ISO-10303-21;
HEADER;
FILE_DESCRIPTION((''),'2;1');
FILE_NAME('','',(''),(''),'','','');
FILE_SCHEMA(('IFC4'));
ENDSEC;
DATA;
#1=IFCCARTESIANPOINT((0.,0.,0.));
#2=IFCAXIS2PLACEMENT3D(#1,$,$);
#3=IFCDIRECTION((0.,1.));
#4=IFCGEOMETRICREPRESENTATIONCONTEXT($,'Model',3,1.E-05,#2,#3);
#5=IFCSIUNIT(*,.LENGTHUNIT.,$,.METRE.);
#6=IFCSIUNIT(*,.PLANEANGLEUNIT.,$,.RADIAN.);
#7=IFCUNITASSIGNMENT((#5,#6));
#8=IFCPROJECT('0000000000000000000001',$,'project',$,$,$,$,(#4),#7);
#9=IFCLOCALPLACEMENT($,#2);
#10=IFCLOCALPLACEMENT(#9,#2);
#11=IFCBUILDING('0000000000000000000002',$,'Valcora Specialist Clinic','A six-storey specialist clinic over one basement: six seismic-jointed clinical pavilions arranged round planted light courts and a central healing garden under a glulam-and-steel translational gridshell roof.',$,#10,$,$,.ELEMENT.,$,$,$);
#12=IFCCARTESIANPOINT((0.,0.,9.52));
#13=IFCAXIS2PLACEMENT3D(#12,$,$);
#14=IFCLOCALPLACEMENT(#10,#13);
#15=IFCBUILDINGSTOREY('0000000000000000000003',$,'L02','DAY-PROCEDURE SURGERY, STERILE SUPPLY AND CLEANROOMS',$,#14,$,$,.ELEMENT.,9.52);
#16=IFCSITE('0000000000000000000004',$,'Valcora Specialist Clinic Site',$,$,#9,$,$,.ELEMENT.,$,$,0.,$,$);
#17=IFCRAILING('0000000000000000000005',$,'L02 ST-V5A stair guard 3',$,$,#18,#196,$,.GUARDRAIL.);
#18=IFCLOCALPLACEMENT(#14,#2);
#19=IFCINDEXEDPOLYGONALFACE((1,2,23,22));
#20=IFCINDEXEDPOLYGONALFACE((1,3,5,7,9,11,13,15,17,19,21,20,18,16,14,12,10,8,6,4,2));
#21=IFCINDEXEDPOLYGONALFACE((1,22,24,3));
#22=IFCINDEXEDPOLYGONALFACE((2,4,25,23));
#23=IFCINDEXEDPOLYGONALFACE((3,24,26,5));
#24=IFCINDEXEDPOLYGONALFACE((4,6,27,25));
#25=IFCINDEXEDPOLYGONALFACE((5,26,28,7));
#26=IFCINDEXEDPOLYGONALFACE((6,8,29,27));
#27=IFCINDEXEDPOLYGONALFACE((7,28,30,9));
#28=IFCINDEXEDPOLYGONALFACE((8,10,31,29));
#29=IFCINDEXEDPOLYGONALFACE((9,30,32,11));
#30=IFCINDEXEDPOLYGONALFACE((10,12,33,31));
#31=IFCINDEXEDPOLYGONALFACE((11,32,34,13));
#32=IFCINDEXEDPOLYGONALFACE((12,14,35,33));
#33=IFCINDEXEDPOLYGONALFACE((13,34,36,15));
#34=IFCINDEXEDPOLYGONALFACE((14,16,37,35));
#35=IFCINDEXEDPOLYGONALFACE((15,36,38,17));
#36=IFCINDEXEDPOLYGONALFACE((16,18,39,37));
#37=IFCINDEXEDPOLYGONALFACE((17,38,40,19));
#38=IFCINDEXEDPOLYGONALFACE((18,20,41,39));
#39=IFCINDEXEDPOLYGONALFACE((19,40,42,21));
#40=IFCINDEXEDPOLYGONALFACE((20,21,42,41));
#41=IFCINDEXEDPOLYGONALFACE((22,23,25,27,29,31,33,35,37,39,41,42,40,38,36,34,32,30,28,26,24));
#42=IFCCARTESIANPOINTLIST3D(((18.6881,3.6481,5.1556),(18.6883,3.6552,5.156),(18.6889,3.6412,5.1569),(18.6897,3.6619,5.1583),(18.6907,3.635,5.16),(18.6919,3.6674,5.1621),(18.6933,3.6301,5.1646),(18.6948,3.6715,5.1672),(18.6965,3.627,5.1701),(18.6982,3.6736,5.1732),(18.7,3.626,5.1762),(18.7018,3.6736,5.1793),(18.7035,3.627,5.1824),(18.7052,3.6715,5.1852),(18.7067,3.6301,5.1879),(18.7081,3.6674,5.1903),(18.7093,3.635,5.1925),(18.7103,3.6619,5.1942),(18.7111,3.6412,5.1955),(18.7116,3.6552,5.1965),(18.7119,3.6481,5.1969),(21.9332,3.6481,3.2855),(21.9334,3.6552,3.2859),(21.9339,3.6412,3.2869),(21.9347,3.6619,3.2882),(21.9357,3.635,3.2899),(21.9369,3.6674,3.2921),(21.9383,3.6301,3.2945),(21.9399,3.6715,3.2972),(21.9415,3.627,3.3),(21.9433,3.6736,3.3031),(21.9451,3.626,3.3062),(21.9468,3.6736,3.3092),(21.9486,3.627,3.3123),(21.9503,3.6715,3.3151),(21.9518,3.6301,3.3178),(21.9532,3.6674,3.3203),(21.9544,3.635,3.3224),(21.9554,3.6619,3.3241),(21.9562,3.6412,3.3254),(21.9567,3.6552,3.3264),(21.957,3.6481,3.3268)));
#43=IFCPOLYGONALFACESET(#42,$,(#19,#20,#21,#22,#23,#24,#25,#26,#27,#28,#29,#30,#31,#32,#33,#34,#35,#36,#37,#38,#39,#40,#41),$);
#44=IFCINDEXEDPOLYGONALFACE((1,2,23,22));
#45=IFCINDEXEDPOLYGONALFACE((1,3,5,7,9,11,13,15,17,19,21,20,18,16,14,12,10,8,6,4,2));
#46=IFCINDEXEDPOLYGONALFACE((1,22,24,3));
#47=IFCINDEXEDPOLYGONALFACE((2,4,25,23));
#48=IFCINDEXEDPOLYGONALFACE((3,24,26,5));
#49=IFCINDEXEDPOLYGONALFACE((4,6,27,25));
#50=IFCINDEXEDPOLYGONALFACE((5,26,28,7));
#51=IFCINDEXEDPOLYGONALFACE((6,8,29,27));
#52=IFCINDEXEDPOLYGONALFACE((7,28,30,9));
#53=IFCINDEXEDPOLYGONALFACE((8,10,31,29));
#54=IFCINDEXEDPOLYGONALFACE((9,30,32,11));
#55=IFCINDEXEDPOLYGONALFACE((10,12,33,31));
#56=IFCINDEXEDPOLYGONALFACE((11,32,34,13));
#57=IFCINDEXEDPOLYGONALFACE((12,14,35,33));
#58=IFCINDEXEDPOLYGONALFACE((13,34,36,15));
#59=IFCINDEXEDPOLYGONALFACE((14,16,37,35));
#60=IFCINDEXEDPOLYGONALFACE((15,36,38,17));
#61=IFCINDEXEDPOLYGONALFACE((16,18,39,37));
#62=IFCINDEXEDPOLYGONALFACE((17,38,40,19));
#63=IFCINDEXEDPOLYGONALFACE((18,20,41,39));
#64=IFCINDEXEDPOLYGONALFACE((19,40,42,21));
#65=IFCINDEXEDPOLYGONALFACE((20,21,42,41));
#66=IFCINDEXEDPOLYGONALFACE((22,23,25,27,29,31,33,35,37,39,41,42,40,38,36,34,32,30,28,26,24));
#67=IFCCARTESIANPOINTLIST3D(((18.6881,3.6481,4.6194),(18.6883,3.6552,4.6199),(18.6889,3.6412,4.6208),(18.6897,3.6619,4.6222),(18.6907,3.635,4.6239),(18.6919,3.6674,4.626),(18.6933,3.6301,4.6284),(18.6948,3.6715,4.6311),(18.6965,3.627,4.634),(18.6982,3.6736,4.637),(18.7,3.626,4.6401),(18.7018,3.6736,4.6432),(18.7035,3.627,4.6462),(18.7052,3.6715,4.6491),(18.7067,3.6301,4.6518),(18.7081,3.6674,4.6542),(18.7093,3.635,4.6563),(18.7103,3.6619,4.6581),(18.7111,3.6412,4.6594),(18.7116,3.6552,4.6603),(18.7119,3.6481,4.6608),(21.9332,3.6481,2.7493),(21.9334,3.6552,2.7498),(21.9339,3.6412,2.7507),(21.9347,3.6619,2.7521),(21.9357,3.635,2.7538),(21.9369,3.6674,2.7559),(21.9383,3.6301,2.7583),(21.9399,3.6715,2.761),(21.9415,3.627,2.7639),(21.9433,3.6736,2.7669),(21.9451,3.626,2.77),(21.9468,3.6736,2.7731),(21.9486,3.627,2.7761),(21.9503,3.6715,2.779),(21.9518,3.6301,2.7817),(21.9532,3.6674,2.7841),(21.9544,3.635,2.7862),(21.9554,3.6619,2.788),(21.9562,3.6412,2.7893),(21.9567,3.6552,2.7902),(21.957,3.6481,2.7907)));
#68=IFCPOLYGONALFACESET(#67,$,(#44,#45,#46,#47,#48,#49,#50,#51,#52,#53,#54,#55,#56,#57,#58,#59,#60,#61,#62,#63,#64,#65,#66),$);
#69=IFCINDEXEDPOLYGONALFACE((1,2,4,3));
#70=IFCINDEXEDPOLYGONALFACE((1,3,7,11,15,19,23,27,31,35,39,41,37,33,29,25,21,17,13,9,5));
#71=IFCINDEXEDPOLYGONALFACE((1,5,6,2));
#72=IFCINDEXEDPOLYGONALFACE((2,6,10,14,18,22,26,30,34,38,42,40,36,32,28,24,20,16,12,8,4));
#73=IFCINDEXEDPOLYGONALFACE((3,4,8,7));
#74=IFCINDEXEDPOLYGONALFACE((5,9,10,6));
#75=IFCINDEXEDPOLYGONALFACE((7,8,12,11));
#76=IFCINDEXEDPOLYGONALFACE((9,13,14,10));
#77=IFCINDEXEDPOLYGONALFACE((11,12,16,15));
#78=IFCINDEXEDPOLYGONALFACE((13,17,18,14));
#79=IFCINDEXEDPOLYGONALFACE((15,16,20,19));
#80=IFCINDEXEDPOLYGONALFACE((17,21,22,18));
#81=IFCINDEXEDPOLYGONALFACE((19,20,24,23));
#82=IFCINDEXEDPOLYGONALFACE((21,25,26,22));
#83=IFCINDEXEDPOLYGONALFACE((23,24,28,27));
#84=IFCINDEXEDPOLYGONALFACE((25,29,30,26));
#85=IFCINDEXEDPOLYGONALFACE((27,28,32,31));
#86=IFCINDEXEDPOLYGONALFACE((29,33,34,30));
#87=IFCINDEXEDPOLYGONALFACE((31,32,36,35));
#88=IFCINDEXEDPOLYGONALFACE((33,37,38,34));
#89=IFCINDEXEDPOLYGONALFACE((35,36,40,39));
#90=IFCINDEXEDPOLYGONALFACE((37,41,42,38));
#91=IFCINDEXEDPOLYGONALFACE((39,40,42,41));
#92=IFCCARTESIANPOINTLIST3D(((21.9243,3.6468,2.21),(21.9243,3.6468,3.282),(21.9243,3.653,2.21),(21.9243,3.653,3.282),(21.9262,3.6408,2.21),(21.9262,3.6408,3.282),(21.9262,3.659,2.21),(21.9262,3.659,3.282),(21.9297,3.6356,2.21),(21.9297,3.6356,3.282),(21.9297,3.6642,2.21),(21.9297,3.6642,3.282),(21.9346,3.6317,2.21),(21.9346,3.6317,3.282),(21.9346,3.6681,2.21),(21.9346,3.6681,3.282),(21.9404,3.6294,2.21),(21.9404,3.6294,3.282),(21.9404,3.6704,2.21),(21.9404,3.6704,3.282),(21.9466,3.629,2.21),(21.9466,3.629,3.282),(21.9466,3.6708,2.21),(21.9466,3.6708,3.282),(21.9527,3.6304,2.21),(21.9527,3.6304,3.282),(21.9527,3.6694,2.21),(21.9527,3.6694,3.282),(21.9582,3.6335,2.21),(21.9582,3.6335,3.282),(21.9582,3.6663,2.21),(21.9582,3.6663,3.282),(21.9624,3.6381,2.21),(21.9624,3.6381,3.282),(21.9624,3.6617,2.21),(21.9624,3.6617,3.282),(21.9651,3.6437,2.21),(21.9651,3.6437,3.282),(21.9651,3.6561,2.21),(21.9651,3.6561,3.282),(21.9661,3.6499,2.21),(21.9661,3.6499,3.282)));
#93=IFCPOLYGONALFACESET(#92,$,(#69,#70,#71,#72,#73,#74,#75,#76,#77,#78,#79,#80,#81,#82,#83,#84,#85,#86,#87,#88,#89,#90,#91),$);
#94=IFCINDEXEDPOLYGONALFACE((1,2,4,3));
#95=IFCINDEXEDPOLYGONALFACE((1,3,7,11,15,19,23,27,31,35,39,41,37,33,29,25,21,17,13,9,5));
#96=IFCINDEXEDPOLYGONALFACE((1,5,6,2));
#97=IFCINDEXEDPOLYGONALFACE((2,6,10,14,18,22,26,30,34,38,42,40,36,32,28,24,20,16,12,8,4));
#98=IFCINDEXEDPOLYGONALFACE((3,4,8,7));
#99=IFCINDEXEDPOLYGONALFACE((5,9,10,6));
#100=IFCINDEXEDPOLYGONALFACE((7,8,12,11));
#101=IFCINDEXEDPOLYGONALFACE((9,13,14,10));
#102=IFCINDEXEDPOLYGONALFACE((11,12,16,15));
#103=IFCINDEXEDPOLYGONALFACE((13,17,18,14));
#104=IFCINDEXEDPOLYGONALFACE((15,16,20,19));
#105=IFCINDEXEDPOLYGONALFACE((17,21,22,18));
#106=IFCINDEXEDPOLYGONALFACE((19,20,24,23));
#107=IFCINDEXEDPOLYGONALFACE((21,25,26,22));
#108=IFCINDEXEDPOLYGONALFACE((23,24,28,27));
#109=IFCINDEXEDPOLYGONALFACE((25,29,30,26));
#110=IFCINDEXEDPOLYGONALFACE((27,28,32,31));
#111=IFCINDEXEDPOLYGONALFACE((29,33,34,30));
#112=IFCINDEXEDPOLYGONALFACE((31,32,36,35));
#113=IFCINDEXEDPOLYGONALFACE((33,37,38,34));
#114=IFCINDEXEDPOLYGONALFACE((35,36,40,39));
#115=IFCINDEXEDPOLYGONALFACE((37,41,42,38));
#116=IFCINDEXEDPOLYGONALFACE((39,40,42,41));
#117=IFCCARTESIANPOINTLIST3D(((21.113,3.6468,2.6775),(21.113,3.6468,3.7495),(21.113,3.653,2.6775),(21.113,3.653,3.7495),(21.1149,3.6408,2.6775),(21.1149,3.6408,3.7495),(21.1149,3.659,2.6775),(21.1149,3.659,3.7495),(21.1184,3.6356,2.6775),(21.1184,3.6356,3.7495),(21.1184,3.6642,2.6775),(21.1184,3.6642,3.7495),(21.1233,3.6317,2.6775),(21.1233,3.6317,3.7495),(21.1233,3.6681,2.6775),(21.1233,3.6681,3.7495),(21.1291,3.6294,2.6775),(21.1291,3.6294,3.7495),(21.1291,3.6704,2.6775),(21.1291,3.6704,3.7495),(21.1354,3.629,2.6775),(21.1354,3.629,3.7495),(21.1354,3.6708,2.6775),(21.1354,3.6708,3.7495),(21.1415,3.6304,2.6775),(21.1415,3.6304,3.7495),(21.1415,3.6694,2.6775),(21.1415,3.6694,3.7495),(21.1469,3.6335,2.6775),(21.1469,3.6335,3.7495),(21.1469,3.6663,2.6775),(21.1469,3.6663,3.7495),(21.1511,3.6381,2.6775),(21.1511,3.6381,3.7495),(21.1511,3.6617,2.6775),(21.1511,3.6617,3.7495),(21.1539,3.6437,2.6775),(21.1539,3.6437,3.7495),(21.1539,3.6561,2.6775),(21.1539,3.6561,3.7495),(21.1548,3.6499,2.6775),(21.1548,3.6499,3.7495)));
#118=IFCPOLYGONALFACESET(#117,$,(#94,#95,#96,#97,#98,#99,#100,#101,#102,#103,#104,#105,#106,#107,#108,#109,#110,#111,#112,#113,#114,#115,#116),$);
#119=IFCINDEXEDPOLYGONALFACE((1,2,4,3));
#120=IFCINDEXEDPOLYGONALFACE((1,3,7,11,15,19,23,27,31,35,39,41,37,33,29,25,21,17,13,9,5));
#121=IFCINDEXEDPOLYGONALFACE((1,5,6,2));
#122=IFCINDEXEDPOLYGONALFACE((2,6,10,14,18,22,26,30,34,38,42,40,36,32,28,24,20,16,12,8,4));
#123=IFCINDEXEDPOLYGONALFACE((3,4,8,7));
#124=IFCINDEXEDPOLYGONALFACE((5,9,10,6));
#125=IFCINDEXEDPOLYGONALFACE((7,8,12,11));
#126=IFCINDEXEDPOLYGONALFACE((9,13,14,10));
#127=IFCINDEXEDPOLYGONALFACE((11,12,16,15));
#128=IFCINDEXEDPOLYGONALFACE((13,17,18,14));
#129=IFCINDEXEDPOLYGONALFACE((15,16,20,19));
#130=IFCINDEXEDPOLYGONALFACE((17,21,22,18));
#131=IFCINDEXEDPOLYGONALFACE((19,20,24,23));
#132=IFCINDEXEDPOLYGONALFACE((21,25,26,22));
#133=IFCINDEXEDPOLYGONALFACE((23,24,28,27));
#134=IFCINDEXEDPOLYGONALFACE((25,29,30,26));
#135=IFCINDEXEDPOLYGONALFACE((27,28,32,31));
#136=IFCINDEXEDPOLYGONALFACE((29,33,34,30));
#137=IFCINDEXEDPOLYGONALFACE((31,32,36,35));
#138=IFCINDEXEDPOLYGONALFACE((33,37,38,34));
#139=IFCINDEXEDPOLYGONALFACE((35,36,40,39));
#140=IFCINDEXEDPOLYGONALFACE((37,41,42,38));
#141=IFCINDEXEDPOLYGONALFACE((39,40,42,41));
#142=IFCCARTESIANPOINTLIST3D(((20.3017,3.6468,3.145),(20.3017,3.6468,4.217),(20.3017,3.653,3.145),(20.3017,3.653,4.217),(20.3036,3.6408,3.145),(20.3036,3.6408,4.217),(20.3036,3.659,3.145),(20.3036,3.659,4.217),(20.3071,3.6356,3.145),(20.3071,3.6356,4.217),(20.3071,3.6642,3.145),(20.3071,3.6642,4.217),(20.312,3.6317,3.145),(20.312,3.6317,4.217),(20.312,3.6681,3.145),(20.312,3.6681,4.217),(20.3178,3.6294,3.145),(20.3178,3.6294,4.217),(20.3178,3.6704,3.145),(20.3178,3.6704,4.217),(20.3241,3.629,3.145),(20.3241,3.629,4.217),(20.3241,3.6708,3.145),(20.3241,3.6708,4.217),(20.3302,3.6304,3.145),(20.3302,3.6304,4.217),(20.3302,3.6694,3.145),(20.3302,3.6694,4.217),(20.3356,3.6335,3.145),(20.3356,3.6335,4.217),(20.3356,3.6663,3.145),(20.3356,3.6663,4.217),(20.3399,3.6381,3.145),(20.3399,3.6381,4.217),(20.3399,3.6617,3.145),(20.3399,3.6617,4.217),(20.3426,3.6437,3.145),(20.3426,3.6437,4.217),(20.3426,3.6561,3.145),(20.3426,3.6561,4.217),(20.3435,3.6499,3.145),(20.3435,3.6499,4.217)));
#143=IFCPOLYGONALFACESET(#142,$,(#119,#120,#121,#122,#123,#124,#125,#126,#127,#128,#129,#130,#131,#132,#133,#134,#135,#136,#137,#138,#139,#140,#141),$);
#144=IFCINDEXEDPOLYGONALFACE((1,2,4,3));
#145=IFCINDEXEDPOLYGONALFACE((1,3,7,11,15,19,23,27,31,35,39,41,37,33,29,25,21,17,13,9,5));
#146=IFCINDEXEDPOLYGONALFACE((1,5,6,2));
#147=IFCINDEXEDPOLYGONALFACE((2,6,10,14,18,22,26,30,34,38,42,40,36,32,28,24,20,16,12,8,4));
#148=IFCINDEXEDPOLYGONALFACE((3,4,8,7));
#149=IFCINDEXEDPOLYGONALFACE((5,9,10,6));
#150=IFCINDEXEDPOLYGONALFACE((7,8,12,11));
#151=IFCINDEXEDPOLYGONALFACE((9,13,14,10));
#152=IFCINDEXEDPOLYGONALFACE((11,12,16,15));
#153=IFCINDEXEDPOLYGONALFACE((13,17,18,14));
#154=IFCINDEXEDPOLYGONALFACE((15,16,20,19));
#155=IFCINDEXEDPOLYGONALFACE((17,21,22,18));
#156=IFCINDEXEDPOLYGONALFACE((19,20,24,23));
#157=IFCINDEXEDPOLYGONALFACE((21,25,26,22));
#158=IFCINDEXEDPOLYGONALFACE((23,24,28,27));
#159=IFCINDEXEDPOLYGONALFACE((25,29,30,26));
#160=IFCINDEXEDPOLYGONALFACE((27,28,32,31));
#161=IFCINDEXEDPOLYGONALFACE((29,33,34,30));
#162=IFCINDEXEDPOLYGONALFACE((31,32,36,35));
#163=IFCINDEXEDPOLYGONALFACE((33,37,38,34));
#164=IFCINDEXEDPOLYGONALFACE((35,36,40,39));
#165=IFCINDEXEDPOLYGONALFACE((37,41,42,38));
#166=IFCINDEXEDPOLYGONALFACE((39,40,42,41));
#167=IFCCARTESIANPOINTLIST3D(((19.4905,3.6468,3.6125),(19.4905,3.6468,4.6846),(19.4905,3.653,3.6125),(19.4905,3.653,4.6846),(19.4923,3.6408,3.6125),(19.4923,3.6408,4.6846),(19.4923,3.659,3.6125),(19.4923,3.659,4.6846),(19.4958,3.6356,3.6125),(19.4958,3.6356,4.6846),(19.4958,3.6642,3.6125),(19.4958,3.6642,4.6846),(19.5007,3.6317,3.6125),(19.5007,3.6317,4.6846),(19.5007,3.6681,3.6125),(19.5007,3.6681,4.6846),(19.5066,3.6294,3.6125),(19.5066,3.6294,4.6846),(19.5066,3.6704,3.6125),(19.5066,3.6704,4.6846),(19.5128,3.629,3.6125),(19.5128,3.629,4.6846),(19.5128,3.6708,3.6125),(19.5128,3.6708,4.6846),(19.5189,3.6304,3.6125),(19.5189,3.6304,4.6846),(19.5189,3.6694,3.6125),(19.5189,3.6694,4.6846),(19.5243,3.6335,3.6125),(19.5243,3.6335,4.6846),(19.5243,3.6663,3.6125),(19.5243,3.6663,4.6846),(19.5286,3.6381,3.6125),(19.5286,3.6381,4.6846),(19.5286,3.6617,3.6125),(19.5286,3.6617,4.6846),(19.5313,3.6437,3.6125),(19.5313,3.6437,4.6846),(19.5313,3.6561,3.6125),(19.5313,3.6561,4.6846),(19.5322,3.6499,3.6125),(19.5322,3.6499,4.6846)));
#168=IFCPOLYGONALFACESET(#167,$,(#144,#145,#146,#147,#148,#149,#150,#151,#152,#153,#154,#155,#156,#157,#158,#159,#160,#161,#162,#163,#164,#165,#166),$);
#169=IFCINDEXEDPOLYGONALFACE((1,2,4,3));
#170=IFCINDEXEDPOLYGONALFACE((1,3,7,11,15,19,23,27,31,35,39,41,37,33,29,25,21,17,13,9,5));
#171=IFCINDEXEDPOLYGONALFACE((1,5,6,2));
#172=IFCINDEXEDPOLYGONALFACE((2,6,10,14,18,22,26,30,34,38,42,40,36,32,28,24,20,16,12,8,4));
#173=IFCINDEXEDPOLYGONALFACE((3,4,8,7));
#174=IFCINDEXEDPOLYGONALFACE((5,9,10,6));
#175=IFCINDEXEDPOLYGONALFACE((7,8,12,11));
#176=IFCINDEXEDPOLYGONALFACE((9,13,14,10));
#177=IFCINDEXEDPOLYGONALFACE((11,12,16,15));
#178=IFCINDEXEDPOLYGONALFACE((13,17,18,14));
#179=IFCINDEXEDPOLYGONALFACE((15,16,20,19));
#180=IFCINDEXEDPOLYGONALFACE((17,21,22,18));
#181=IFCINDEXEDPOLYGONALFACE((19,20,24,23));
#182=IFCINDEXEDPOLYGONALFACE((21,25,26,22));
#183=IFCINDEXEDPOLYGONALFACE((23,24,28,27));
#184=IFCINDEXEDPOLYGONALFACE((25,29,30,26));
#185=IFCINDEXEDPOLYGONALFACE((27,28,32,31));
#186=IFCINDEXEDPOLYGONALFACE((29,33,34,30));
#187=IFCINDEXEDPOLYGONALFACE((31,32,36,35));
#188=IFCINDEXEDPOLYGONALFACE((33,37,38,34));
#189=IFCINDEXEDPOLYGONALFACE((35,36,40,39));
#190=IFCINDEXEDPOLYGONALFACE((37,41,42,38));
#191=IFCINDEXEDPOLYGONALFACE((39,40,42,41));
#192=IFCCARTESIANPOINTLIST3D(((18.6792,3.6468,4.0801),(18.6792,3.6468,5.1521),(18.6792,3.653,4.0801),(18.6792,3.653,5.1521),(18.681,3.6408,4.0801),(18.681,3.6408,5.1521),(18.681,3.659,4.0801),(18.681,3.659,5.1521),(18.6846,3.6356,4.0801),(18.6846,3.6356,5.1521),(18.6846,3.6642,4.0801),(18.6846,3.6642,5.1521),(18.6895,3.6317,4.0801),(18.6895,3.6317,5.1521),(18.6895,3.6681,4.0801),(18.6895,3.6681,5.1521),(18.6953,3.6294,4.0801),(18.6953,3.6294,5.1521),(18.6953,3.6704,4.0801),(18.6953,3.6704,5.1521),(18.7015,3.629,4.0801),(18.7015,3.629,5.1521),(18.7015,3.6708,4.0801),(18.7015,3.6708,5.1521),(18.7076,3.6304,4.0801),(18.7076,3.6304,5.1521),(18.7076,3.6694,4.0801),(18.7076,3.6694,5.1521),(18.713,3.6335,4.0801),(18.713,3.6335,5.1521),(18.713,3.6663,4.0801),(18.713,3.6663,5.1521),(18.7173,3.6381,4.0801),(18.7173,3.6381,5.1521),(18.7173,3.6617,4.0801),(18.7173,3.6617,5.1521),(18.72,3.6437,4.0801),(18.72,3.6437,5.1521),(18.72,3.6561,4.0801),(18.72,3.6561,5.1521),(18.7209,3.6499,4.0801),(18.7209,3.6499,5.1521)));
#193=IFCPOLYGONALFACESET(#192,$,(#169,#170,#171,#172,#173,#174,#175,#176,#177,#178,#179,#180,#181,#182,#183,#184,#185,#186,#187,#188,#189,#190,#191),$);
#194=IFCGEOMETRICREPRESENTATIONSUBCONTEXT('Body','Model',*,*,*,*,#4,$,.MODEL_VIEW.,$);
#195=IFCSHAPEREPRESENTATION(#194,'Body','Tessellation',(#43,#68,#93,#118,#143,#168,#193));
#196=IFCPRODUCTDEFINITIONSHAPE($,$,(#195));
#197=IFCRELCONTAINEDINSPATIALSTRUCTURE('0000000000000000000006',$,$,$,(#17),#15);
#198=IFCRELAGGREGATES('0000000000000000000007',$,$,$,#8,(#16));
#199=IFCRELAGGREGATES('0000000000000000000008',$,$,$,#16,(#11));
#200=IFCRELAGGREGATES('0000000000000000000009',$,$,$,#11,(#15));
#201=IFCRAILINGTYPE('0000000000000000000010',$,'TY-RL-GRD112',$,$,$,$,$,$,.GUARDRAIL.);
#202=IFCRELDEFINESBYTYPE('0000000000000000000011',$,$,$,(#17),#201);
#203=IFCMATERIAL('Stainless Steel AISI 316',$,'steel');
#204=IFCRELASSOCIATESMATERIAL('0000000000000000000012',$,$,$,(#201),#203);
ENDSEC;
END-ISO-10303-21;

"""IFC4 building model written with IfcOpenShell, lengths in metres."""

from ifc_helpers import new_model, si_unit, direction, frame, origin, origin_2d, place, context, subcontext, project, spatial, circle, extrude, material, type_object, element, save


model = new_model("IFC4")

# Units and contexts
model_context = context("Model", 3, precision=1e-05, world=origin(), true_north=direction((0.0, 1.0)))
body_context = subcontext(model_context, "Body", "Model", "MODEL_VIEW")
ifc_project = project(units=[si_unit("LENGTHUNIT", "METRE"), si_unit("PLANEANGLEUNIT", "RADIAN")], contexts=[model_context])

# Site, building, storey
site_placement = place(None, origin())
site = spatial("IfcSite", under=ifc_project, at=site_placement, Name="Valcora Specialist Clinic Site", CompositionType="ELEMENT", RefElevation=0.0)
building_placement = place(site_placement, origin())
building = spatial("IfcBuilding", under=site, at=building_placement, Name="Valcora Specialist Clinic", Description="A six-storey specialist clinic over one basement: six seismic-jointed clinical pavilions arranged round planted light courts and a central healing garden under a glulam-and-steel translational gridshell roof.", CompositionType="ELEMENT")
storey_placement = place(building_placement, frame((0.0, 0.0, 9.52)))
storey = spatial("IfcBuildingStorey", under=building, at=storey_placement, Name="L02", Description="DAY-PROCEDURE SURGERY, STERILE SUPPLY AND CLEANROOMS", CompositionType="ELEMENT", Elevation=9.52)

# Shared definitions
ifc_material_1 = material(Name="Stainless Steel AISI 316", Category="steel")

# Railing
railing_type_1 = type_object("IfcRailingType", Name="TY-RL-GRD112", PredefinedType="GUARDRAIL", material=ifc_material_1)
railing_1_placement = place(storey_placement, frame((21.9451, 3.6499, 2.21)))
element("IfcRailing", 1, at=railing_1_placement, inside=storey, type_object=railing_type_1, Name="L02 ST-V5A stair guard 3", PredefinedType="GUARDRAIL", context=body_context, shape_type="SweptSolid", body=[
    extrude(circle(Radius=0.0239, at=origin_2d()), frame((0.0, 0.0, 1.0962), z_axis=(-0.866424, 0.0, 0.499309), x_axis=(0.0, -1.0, 0.0)), (0.0, 0.0, 1.0), 3.7454),
    extrude(circle(Radius=0.0239, at=origin_2d()), frame((0.0, 0.0, 0.5601), z_axis=(-0.866424, 0.0, 0.499309), x_axis=(0.0, -1.0, 0.0)), (0.0, 0.0, 1.0), 3.7454),
    extrude(circle(Radius=0.021, at=origin_2d()), origin(), (0.0, 0.0, 1.0), 1.072),
    extrude(circle(Radius=0.021, at=origin_2d()), frame((-0.8113, 0.0, 0.4675)), (0.0, 0.0, 1.0), 1.072),
    extrude(circle(Radius=0.021, at=origin_2d()), frame((-1.6226, 0.0, 0.9351)), (0.0, 0.0, 1.0), 1.072),
    extrude(circle(Radius=0.021, at=origin_2d()), frame((-2.4338, 0.0, 1.4026)), (0.0, 0.0, 1.0), 1.072),
    extrude(circle(Radius=0.021, at=origin_2d()), frame((-3.2451, 0.0, 1.8701)), (0.0, 0.0, 1.0), 1.072),
])

save(model, "model.ifc")
